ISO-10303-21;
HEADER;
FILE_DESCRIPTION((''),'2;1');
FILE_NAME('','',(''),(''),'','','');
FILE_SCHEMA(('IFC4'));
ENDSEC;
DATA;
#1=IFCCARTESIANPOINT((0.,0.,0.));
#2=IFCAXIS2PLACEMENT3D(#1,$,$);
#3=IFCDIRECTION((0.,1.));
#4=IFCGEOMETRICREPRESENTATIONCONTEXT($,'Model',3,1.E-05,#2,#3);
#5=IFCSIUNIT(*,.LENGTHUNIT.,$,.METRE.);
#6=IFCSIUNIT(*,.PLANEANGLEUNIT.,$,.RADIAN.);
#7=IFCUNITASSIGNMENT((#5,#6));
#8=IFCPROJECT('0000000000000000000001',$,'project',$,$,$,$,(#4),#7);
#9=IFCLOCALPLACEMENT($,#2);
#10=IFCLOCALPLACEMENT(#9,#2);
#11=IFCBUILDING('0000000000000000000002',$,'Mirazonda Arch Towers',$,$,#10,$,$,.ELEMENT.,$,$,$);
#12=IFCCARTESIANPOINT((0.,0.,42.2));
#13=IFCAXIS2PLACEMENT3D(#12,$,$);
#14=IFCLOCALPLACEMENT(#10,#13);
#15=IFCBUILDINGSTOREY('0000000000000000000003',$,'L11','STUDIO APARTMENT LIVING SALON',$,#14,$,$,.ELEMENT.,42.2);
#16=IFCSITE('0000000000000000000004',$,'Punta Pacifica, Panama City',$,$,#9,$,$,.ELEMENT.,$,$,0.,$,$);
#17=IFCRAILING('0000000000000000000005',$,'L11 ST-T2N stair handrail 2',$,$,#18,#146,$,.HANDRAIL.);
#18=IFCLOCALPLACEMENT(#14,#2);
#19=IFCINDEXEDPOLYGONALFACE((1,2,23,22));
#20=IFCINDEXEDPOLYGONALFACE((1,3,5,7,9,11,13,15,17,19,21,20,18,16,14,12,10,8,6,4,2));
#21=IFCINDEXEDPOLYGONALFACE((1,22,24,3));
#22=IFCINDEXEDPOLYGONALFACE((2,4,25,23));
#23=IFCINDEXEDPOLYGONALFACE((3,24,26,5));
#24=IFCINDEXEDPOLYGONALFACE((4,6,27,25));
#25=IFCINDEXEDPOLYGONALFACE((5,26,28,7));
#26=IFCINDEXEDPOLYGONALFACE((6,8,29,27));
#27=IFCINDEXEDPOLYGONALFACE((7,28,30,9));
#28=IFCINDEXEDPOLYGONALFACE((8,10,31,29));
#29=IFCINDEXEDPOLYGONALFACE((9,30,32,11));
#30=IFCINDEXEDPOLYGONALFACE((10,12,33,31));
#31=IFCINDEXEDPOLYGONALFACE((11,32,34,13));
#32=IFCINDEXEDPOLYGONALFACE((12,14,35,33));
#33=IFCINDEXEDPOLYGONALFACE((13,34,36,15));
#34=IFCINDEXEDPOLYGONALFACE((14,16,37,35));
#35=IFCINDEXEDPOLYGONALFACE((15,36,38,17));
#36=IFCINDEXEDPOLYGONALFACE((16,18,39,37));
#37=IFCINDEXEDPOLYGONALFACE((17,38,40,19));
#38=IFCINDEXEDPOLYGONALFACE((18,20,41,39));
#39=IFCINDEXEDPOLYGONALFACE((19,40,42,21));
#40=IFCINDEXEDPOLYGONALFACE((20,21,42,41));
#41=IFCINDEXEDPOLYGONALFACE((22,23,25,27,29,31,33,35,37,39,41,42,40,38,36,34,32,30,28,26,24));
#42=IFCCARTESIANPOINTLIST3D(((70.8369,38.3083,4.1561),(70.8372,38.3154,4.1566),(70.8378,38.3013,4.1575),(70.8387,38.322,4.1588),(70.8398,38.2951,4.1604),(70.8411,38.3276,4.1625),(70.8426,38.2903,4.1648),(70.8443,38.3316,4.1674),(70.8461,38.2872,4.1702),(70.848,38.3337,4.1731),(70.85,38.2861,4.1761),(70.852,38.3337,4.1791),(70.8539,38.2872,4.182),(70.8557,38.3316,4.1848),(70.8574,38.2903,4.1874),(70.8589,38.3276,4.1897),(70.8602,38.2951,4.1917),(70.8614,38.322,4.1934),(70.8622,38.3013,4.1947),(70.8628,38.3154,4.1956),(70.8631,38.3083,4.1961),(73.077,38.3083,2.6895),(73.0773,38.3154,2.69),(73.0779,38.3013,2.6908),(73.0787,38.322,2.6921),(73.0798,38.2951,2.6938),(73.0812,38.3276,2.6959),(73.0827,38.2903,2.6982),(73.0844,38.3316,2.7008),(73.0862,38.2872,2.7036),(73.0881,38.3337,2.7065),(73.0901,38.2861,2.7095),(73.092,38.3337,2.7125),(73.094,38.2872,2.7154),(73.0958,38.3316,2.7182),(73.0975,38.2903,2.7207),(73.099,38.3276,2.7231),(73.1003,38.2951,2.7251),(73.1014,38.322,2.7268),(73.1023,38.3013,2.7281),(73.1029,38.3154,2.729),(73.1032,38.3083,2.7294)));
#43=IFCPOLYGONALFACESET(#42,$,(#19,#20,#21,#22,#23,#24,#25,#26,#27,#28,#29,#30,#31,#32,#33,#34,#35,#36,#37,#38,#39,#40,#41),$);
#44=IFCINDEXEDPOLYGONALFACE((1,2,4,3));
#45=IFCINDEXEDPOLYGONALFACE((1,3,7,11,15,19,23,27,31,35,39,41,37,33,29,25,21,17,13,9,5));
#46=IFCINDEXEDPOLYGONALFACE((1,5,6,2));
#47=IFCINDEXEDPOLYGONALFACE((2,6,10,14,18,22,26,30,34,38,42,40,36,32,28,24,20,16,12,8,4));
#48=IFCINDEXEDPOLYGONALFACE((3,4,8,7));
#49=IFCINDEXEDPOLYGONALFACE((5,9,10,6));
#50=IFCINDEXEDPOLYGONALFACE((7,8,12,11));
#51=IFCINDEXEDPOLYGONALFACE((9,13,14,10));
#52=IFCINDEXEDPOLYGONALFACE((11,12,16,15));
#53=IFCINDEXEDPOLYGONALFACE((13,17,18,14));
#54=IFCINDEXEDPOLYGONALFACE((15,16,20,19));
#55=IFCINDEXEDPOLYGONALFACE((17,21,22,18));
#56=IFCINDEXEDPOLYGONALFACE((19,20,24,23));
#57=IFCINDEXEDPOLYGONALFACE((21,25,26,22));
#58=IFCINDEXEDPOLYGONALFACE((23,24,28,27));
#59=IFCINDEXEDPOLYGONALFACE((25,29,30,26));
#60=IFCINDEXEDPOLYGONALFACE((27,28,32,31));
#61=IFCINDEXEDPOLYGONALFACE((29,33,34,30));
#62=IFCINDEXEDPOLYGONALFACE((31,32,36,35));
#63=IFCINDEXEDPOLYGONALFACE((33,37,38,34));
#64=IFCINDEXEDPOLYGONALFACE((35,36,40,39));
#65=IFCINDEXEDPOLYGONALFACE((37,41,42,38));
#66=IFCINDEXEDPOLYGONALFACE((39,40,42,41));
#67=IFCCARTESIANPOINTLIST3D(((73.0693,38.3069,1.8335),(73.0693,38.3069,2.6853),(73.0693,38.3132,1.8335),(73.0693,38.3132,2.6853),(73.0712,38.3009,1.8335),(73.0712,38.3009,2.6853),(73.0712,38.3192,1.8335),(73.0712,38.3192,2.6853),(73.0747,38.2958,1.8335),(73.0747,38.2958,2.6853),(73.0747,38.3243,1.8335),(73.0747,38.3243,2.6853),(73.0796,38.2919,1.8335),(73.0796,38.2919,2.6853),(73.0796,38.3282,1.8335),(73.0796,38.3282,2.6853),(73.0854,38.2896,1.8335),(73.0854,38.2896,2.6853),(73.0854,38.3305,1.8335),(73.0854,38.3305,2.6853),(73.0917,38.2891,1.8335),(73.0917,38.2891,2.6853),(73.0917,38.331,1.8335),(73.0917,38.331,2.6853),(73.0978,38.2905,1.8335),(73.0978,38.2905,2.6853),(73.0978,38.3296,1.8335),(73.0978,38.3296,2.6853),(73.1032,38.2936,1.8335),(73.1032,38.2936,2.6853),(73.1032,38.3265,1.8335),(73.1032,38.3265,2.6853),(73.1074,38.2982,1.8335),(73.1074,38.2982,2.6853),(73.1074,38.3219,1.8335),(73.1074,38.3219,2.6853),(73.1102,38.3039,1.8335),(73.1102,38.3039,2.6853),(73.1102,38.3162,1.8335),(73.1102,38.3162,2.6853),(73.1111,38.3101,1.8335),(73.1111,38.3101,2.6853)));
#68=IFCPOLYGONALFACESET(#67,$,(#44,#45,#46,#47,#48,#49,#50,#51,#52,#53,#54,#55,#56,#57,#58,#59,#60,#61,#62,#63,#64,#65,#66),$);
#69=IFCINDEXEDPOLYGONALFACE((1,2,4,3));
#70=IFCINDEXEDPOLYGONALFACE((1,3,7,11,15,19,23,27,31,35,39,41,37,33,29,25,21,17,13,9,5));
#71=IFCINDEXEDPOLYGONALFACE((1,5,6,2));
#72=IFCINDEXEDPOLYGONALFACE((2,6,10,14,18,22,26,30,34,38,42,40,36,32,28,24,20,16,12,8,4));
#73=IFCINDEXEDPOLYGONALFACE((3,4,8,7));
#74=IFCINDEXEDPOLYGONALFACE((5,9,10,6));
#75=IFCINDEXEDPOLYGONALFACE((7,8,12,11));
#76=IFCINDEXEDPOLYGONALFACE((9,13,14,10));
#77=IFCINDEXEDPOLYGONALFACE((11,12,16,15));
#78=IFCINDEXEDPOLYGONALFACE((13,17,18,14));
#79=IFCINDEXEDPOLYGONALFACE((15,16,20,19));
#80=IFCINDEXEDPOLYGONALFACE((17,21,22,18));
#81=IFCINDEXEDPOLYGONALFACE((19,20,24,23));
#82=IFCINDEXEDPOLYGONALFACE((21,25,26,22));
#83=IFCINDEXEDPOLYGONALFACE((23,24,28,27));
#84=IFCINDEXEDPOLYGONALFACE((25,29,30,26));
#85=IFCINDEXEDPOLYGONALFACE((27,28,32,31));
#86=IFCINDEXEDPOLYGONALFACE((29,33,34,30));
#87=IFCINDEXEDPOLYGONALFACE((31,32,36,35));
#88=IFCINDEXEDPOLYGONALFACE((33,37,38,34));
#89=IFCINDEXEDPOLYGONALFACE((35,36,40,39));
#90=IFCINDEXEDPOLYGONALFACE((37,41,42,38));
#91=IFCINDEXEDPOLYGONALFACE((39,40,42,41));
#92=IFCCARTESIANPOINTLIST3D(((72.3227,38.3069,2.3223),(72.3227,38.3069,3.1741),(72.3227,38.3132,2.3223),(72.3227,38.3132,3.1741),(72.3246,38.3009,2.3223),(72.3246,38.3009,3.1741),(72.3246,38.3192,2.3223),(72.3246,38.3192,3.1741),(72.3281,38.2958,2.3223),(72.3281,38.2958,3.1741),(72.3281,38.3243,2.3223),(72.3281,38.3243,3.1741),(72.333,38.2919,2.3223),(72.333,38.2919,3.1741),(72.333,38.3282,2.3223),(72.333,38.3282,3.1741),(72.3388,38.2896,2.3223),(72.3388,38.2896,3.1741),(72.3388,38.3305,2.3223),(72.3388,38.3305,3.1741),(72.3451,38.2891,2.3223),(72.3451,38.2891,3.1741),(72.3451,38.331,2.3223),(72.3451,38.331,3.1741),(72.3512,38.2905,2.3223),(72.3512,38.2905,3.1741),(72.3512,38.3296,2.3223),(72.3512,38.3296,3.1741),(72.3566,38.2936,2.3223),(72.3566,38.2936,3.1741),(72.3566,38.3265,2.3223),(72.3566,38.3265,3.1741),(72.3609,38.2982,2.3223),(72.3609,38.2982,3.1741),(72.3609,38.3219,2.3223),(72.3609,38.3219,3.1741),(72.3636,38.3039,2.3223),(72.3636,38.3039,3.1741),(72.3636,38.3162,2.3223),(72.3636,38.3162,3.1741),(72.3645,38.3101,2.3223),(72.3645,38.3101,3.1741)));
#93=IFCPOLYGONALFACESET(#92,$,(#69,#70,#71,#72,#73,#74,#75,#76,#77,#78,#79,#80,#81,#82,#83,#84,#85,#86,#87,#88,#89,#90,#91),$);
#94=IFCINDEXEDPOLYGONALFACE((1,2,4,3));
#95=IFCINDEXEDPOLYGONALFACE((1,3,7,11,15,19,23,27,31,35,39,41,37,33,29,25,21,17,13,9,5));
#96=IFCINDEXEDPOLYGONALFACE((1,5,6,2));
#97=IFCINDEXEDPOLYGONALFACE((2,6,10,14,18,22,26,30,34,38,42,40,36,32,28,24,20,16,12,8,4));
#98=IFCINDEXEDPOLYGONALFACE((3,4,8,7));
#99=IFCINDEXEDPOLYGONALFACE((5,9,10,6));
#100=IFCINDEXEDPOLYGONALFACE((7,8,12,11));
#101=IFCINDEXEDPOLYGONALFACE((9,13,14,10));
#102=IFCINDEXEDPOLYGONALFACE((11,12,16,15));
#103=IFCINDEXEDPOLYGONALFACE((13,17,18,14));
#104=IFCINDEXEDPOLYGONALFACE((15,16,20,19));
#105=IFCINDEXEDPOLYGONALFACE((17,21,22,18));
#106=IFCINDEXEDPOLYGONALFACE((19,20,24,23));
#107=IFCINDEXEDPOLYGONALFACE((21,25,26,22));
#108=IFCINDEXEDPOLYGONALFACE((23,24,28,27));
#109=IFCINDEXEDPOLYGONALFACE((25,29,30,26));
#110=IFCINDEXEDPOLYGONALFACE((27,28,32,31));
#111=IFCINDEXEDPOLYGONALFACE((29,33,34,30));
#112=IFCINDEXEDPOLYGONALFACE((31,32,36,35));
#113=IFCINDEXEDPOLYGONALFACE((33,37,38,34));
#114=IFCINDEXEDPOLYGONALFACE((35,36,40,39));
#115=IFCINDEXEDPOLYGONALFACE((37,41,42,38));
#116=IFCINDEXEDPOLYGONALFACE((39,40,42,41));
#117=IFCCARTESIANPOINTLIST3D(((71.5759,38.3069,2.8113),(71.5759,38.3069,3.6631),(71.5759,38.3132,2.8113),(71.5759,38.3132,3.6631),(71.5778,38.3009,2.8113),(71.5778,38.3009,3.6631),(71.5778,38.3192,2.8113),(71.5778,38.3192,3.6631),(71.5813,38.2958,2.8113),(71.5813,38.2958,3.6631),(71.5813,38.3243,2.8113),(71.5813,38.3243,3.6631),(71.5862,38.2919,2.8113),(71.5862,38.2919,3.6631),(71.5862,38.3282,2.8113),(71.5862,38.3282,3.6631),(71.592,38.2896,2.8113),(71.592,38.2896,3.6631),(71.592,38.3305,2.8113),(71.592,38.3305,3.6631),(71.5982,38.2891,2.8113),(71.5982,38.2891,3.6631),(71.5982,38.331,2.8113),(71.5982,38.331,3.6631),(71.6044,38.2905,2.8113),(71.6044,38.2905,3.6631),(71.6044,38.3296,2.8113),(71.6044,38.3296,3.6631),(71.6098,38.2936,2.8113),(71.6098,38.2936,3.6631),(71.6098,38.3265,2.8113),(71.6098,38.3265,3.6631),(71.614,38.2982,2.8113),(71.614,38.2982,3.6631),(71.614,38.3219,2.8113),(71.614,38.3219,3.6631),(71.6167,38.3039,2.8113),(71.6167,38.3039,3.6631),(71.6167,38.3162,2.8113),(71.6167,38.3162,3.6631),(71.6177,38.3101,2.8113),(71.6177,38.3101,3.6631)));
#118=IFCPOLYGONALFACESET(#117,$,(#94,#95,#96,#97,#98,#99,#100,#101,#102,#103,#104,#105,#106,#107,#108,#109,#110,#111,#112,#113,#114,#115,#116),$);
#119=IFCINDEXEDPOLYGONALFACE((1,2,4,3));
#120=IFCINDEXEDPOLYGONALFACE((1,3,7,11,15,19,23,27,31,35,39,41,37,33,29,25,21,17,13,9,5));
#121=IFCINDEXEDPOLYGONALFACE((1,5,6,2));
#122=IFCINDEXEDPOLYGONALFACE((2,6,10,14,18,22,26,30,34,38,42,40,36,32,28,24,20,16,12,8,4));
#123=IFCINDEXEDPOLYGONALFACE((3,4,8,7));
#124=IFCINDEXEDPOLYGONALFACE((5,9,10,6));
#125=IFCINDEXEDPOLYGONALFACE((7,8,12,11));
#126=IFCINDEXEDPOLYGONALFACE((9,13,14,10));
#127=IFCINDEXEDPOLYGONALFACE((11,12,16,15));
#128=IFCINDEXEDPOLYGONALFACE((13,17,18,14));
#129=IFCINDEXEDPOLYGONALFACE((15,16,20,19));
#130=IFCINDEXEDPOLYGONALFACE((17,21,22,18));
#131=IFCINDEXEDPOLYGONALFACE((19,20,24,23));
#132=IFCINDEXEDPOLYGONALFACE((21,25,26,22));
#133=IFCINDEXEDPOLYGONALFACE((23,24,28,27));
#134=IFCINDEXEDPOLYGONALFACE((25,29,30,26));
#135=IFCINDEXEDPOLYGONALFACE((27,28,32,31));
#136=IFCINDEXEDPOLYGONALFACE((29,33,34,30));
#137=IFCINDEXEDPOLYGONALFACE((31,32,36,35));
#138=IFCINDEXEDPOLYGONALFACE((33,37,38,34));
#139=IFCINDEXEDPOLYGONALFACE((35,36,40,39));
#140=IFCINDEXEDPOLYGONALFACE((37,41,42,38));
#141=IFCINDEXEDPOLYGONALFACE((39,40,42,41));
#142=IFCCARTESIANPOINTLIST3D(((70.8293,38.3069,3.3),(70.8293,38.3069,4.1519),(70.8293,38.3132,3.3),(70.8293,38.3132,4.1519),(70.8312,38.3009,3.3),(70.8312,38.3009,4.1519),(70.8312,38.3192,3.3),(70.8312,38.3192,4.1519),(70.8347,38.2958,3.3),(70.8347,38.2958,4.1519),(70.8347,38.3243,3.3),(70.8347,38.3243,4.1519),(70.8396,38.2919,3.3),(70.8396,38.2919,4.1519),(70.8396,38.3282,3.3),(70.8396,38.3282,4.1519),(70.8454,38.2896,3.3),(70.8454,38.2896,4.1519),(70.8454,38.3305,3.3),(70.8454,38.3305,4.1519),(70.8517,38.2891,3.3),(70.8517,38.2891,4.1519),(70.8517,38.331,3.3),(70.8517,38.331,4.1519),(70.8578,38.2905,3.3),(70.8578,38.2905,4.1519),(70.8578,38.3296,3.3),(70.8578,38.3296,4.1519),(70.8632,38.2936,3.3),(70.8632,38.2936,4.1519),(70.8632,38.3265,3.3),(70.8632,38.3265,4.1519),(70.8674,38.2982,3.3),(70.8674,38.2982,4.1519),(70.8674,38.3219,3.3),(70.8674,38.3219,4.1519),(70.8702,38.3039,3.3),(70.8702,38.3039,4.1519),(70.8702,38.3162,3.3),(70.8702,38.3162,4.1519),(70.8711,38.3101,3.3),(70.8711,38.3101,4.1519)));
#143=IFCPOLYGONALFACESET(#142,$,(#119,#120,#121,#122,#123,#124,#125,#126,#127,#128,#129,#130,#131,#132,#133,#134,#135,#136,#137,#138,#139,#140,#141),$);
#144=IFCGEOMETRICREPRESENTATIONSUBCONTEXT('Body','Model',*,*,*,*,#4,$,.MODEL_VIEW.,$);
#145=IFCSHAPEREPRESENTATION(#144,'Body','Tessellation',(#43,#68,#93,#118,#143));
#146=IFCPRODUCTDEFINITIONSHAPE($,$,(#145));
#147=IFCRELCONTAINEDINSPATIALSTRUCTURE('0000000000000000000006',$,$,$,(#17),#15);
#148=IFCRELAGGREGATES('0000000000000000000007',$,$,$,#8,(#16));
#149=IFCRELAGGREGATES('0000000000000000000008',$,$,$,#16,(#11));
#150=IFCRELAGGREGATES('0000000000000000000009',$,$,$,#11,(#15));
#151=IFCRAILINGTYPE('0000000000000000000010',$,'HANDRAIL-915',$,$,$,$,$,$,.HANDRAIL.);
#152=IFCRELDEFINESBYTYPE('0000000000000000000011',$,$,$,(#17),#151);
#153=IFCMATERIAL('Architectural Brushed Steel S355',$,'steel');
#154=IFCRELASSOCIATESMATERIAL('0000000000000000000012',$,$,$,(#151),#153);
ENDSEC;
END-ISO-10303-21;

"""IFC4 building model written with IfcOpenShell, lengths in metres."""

from ifc_helpers import new_model, si_unit, direction, frame, origin, origin_2d, place, context, subcontext, project, spatial, circle, extrude, material, type_object, element, save


model = new_model("IFC4")

# Units and contexts
model_context = context("Model", 3, precision=1e-05, world=origin(), true_north=direction((0.0, 1.0)))
body_context = subcontext(model_context, "Body", "Model", "MODEL_VIEW")
ifc_project = project(units=[si_unit("LENGTHUNIT", "METRE"), si_unit("PLANEANGLEUNIT", "RADIAN")], contexts=[model_context])

# Site, building, storey
site_placement = place(None, origin())
site = spatial("IfcSite", under=ifc_project, at=site_placement, Name="Punta Pacifica, Panama City", CompositionType="ELEMENT", RefElevation=0.0)
building_placement = place(site_placement, origin())
building = spatial("IfcBuilding", under=site, at=building_placement, Name="Mirazonda Arch Towers", CompositionType="ELEMENT")
storey_placement = place(building_placement, frame((0.0, 0.0, 42.2)))
storey = spatial("IfcBuildingStorey", under=building, at=storey_placement, Name="L11", Description="STUDIO APARTMENT LIVING SALON", CompositionType="ELEMENT", Elevation=42.2)

# Shared definitions
ifc_material_1 = material(Name="Architectural Brushed Steel S355", Category="steel")

# Railing
railing_type_1 = type_object("IfcRailingType", Name="HANDRAIL-915", PredefinedType="HANDRAIL", material=ifc_material_1)
railing_1_placement = place(storey_placement, frame((73.0901, 38.3101, 1.8335)))
element("IfcRailing", 1, at=railing_1_placement, inside=storey, type_object=railing_type_1, Name="L11 ST-T2N stair handrail 2", PredefinedType="HANDRAIL", context=body_context, shape_type="SweptSolid", body=[
    extrude(circle(Radius=0.0239, at=origin_2d()), frame((0.0, 0.0, 0.876), z_axis=(-0.836637, 0.0, 0.547758), x_axis=(0.0, -1.0, 0.0)), (0.0, 0.0, 1.0), 2.6775),
    extrude(circle(Radius=0.021, at=origin_2d()), origin(), (0.0, 0.0, 1.0), 0.8518),
    extrude(circle(Radius=0.021, at=origin_2d()), frame((-0.7466, 0.0, 0.4888)), (0.0, 0.0, 1.0), 0.8518),
    extrude(circle(Radius=0.021, at=origin_2d()), frame((-1.4934, 0.0, 0.9778)), (0.0, 0.0, 1.0), 0.8518),
    extrude(circle(Radius=0.021, at=origin_2d()), frame((-2.24, 0.0, 1.4666)), (0.0, 0.0, 1.0), 0.8518),
])

save(model, "model.ifc")
